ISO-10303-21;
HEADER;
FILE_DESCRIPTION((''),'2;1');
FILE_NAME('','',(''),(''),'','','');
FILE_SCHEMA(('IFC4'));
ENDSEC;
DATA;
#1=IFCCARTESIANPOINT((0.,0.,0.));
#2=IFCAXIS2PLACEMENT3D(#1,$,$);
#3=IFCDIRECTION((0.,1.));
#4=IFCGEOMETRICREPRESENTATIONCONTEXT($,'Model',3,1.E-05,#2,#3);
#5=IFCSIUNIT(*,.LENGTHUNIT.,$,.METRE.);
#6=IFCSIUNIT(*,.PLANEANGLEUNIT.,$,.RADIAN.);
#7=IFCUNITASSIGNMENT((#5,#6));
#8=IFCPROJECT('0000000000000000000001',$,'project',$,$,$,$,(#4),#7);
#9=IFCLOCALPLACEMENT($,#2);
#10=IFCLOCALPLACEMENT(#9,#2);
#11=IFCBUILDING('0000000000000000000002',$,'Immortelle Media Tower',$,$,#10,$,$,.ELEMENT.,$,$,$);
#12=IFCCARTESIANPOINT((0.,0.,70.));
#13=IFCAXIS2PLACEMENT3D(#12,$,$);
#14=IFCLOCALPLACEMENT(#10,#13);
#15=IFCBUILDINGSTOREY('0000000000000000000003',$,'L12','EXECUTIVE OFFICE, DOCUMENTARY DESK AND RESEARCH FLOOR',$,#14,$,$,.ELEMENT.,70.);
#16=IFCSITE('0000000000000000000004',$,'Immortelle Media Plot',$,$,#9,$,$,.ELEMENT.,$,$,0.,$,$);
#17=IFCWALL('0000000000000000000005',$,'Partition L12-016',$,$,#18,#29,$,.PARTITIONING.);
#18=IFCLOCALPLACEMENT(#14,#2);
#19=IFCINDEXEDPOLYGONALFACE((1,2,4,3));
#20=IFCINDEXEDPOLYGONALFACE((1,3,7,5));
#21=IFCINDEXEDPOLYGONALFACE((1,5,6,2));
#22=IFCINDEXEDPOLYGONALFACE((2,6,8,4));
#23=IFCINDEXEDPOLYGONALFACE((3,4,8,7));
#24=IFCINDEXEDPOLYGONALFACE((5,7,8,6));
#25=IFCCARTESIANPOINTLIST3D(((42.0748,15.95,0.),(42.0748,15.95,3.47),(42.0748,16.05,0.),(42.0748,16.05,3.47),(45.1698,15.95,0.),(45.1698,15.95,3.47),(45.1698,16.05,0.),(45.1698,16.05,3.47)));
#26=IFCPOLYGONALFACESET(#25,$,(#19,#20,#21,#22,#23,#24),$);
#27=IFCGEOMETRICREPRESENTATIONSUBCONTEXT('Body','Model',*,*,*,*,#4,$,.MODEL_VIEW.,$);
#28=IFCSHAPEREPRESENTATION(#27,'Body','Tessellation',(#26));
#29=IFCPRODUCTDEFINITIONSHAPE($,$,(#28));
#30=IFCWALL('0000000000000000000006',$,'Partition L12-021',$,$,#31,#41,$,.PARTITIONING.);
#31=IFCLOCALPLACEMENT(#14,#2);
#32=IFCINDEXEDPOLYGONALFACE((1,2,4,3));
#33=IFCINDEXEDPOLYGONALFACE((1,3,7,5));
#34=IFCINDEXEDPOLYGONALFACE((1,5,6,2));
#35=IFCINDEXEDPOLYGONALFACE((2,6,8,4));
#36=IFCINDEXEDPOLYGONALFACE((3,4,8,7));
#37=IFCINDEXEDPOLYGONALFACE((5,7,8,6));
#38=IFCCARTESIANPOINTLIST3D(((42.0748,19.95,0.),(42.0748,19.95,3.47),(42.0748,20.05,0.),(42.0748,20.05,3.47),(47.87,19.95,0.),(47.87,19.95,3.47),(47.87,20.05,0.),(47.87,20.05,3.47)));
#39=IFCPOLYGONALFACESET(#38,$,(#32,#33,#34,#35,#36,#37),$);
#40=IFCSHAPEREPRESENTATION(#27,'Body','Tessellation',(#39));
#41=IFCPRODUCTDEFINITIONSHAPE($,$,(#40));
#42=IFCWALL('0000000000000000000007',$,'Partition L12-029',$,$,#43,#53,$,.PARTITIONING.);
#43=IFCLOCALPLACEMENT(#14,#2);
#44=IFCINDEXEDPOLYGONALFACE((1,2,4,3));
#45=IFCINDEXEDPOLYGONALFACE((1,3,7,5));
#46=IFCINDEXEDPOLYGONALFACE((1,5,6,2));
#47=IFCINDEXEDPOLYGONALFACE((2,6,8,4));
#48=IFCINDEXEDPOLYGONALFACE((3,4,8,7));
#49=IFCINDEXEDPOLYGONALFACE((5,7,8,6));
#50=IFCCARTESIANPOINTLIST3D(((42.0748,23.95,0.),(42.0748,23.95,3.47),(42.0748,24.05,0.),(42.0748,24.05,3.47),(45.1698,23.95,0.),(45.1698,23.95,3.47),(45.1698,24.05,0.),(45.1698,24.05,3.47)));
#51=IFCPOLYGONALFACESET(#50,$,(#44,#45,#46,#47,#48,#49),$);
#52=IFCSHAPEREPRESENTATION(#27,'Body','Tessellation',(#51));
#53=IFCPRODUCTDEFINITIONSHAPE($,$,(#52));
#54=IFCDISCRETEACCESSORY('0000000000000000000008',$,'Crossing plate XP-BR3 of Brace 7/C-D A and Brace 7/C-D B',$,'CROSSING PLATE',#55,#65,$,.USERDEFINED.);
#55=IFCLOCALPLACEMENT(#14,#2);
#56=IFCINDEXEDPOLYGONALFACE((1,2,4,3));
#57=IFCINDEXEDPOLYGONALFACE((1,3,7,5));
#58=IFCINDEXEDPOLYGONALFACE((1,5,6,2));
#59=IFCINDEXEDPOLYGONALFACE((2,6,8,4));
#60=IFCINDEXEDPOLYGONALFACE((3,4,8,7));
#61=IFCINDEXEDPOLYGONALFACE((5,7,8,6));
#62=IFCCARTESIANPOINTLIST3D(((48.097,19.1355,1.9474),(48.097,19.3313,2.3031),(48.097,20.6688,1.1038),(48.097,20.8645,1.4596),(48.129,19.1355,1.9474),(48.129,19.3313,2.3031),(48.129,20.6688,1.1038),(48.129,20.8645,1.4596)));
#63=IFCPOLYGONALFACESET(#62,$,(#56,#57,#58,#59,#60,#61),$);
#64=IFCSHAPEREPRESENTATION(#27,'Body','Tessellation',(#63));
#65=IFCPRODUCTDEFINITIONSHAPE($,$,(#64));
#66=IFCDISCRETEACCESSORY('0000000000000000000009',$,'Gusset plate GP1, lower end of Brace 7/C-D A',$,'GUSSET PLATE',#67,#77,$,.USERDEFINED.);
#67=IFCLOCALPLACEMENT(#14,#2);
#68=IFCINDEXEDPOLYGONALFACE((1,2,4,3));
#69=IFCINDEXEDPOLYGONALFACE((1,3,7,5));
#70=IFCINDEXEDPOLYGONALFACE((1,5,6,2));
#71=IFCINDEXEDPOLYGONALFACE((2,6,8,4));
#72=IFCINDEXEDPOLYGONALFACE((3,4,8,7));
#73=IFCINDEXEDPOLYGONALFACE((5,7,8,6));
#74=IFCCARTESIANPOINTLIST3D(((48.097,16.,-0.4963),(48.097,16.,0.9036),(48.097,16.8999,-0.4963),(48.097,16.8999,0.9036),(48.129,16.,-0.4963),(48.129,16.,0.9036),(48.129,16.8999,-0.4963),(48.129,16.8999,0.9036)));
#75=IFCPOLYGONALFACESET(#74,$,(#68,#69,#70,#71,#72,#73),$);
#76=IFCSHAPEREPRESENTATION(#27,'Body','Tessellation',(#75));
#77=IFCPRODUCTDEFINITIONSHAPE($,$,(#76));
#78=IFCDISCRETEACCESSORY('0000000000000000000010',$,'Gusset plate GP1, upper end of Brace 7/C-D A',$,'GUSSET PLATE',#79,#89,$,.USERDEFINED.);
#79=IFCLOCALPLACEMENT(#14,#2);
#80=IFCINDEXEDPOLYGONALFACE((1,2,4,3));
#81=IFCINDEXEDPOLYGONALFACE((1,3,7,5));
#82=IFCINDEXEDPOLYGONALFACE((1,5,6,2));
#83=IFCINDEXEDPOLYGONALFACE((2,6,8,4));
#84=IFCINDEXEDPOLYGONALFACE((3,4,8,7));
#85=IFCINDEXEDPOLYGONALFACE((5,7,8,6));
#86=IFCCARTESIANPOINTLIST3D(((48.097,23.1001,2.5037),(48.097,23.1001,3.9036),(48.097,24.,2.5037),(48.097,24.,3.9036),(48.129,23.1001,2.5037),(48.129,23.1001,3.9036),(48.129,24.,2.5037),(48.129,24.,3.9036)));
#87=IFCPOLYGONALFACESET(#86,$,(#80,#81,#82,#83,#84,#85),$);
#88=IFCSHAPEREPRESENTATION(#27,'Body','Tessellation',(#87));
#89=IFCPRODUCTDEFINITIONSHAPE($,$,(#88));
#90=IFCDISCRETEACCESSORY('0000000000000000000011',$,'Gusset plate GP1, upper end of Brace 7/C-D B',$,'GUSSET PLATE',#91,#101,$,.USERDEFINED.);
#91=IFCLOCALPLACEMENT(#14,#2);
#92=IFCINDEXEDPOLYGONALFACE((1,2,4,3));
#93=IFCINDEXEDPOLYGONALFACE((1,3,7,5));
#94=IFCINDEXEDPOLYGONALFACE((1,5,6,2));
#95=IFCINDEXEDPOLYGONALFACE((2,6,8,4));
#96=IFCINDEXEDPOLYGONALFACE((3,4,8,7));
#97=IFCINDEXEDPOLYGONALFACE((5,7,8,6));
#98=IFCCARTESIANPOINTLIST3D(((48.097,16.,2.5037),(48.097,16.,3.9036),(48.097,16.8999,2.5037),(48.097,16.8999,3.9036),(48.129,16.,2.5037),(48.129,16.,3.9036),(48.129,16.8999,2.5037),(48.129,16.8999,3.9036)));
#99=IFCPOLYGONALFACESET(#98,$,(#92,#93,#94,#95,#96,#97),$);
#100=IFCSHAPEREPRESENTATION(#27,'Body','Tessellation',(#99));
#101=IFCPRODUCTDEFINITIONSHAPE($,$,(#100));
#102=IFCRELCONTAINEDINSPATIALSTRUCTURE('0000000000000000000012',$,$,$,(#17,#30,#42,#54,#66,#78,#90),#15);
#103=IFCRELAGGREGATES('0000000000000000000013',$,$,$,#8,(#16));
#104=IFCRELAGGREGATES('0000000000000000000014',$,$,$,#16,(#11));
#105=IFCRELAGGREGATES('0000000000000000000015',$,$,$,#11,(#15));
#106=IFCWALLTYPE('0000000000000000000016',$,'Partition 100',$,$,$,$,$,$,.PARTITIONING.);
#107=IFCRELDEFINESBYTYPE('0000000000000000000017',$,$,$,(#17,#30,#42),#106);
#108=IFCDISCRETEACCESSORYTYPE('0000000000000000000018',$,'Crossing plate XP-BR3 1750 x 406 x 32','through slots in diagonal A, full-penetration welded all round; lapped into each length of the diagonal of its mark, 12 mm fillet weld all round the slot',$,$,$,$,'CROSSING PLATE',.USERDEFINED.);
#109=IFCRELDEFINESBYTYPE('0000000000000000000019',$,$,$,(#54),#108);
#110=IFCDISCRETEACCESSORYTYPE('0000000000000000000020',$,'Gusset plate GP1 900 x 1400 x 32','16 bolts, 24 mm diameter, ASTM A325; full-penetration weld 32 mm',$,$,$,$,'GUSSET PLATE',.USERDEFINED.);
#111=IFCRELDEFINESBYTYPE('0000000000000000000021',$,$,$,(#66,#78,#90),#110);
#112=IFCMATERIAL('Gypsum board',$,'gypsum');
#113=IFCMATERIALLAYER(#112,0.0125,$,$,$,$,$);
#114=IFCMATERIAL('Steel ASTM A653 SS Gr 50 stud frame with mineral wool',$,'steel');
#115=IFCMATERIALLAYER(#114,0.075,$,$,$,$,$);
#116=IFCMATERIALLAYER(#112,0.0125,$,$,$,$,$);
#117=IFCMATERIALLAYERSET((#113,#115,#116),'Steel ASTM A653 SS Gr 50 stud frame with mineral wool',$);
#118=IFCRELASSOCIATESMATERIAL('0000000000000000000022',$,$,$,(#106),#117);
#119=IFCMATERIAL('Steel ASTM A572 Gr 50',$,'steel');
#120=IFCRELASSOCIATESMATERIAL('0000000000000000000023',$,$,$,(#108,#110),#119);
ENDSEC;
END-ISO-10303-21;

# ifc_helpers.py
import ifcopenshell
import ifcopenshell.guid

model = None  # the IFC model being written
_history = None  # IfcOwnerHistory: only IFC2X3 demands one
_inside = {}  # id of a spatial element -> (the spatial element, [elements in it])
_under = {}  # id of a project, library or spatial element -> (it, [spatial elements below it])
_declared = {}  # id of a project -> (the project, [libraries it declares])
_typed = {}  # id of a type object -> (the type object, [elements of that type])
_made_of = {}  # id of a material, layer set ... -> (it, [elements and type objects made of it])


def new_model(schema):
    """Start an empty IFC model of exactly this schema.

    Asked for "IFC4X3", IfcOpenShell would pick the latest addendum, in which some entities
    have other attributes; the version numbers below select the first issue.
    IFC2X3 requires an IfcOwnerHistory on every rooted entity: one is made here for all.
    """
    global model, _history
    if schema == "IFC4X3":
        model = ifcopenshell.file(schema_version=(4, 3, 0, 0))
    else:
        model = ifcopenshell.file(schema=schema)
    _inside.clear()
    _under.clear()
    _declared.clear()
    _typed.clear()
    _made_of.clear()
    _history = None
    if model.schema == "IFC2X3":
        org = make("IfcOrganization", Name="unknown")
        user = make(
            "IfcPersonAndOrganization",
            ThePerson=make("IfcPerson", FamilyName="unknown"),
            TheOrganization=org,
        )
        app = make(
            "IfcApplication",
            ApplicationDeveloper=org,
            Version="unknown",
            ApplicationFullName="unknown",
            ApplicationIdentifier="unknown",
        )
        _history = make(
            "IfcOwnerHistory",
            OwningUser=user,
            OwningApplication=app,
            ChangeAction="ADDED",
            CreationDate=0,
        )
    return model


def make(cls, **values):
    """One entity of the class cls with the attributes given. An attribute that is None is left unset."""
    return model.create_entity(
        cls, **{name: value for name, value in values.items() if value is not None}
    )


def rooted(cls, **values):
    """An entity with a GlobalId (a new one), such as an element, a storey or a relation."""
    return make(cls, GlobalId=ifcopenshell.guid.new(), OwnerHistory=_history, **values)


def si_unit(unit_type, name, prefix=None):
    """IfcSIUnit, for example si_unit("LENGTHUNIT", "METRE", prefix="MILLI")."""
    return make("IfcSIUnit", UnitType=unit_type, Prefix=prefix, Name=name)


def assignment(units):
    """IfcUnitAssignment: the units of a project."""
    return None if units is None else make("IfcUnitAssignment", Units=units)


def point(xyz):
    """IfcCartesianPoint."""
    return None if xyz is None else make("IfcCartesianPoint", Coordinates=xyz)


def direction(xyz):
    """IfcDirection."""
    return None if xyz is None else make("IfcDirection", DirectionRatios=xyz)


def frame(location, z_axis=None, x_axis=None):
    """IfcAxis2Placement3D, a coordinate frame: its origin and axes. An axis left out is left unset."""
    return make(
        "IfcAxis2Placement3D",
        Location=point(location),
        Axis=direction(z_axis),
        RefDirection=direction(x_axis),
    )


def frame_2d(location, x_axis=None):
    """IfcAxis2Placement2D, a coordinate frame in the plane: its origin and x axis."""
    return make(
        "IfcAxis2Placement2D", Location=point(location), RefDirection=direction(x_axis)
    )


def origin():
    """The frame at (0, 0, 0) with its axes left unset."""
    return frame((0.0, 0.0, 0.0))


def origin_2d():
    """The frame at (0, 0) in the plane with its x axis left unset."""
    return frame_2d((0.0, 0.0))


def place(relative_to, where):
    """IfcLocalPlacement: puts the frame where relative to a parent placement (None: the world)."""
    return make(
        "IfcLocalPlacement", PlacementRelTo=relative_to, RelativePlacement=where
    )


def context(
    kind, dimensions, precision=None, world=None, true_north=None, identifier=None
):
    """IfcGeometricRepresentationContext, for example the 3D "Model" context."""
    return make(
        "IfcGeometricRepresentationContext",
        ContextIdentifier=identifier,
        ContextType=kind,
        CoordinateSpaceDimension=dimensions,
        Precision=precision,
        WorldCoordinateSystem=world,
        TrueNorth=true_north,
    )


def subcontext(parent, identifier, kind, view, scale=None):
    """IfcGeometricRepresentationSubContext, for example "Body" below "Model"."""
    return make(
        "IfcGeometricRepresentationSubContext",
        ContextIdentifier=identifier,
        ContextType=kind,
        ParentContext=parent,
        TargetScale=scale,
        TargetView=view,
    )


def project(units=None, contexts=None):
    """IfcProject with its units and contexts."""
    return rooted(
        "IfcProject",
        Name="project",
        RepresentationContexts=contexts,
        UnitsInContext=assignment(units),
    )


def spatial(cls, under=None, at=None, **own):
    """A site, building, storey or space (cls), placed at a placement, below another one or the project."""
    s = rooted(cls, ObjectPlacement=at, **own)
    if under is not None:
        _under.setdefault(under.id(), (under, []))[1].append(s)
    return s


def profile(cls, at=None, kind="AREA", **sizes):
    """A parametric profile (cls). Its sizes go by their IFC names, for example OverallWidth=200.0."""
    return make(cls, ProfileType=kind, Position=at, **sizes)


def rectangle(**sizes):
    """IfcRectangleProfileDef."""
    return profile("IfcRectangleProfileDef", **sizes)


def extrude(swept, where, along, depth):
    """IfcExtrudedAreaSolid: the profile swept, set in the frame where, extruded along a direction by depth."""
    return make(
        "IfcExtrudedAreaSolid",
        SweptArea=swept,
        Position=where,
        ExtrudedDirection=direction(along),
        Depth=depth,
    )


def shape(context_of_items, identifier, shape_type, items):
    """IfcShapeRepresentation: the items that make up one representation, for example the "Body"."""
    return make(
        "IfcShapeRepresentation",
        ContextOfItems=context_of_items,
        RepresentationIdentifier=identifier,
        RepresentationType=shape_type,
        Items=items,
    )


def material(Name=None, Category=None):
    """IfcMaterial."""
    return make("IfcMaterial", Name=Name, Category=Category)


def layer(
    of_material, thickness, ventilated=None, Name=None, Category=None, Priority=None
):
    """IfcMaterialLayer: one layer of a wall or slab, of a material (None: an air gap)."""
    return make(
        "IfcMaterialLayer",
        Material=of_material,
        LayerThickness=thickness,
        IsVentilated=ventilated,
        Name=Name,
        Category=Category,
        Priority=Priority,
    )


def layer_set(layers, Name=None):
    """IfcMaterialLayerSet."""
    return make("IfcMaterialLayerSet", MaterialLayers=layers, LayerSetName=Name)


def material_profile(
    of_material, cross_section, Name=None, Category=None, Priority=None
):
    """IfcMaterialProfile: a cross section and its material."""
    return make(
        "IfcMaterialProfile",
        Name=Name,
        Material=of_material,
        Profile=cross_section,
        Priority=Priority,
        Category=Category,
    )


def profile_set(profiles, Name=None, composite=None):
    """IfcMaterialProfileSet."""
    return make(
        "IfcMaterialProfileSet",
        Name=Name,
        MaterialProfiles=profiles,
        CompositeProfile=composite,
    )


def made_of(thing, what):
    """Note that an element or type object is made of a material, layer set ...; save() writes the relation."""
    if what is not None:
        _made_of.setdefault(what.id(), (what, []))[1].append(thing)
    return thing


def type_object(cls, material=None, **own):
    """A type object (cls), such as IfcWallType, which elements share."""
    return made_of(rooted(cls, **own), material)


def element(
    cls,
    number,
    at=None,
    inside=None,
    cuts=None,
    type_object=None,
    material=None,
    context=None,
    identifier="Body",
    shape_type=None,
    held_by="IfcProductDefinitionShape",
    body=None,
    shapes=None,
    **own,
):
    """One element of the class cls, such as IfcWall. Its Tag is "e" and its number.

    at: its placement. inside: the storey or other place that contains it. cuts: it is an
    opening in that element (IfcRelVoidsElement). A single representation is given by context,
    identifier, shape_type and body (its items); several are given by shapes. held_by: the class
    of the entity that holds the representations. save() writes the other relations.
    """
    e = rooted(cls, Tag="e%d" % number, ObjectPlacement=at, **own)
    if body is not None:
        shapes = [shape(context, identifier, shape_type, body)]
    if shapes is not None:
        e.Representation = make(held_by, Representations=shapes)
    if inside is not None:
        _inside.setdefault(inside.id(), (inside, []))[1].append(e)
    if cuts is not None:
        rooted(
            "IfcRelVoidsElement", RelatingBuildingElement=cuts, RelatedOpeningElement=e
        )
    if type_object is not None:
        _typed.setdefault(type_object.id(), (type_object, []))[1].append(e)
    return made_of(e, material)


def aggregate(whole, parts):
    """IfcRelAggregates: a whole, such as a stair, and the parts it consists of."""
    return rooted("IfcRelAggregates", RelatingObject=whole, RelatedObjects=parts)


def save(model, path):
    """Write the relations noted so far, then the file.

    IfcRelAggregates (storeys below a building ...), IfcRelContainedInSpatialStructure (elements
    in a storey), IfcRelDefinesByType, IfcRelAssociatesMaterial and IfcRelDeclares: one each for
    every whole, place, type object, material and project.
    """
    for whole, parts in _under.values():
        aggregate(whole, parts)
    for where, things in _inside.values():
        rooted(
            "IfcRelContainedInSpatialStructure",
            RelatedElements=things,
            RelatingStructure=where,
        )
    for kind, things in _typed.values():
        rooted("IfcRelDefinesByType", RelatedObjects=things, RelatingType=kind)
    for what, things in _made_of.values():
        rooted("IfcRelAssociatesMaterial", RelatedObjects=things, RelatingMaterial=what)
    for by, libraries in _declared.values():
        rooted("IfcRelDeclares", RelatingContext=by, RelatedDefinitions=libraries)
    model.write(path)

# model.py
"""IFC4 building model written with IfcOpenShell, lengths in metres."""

from ifc_helpers import new_model, si_unit, direction, frame, frame_2d, origin, origin_2d, place, context, subcontext, project, spatial, rectangle, extrude, material, layer, layer_set, material_profile, profile_set, type_object, element, save


model = new_model("IFC4")

# Units and contexts
model_context = context("Model", 3, precision=1e-05, world=origin(), true_north=direction((0.0, 1.0)))
body_context = subcontext(model_context, "Body", "Model", "MODEL_VIEW")
ifc_project = project(units=[si_unit("LENGTHUNIT", "METRE"), si_unit("PLANEANGLEUNIT", "RADIAN")], contexts=[model_context])

# Site, building, storey
site_placement = place(None, origin())
site = spatial("IfcSite", under=ifc_project, at=site_placement, Name="Immortelle Media Plot", CompositionType="ELEMENT", RefElevation=0.0)
building_placement = place(site_placement, origin())
building = spatial("IfcBuilding", under=site, at=building_placement, Name="Immortelle Media Tower", CompositionType="ELEMENT")
storey_placement = place(building_placement, frame((0.0, 0.0, 70.0)))
storey = spatial("IfcBuildingStorey", under=building, at=storey_placement, Name="L12", Description="EXECUTIVE OFFICE, DOCUMENTARY DESK AND RESEARCH FLOOR", CompositionType="ELEMENT", Elevation=70.0)

# Shared definitions
ifc_material_1 = material(Name="Steel ASTM A653 SS Gr 50 stud frame with mineral wool", Category="steel")

# Walls
ifc_material_2 = material(Name="Gypsum board", Category="gypsum")
ifc_layer_1 = layer(ifc_material_2, 0.0125)
ifc_layer_2 = layer(ifc_material_1, 0.075)
ifc_layer_3 = layer(ifc_material_2, 0.0125)
ifc_layer_set_1 = layer_set([ifc_layer_1, ifc_layer_2, ifc_layer_3], Name="Steel ASTM A653 SS Gr 50 stud frame with mineral wool")
wall_type_1 = type_object("IfcWallType", Name="Partition 100", PredefinedType="PARTITIONING", material=ifc_layer_set_1)
wall_1_placement = place(storey_placement, frame((42.075, 16.0, 0.0), z_axis=(0.0, 0.0, 1.0), x_axis=(1.0, 0.0, 0.0)))
element("IfcWall", 1, at=wall_1_placement, inside=storey, type_object=wall_type_1, Name="Partition L12-016", PredefinedType="PARTITIONING", context=body_context, shape_type="SweptSolid", body=[
    extrude(rectangle(XDim=3.095, YDim=0.1001, at=frame_2d((1.5474, 0.0))), origin(), (0.0, 0.0, 1.0), 3.47),
])
wall_2_placement = place(storey_placement, frame((42.075, 20.0, 0.0), z_axis=(0.0, 0.0, 1.0), x_axis=(1.0, 0.0, 0.0)))
element("IfcWall", 2, at=wall_2_placement, inside=storey, type_object=wall_type_1, Name="Partition L12-021", PredefinedType="PARTITIONING", context=body_context, shape_type="SweptSolid", body=[
    extrude(rectangle(XDim=5.7952, YDim=0.1001, at=frame_2d((2.8975, 0.0))), origin(), (0.0, 0.0, 1.0), 3.47),
])
wall_3_placement = place(storey_placement, frame((42.075, 24.0, 0.0), z_axis=(0.0, 0.0, 1.0), x_axis=(1.0, 0.0, 0.0)))
element("IfcWall", 3, at=wall_3_placement, inside=storey, type_object=wall_type_1, Name="Partition L12-029", PredefinedType="PARTITIONING", context=body_context, shape_type="SweptSolid", body=[
    extrude(rectangle(XDim=3.095, YDim=0.1001, at=frame_2d((1.5474, 0.0))), origin(), (0.0, 0.0, 1.0), 3.47),
])

# Discrete accessories
ifc_material_3 = material(Name="Steel ASTM A572 Gr 50", Category="steel")
ifc_material_profile_1 = material_profile(ifc_material_3, rectangle(XDim=0.032, YDim=0.406, at=origin_2d()), Name="PL 32 x 406")
ifc_profile_set_1 = profile_set([ifc_material_profile_1], Name="Steel ASTM A572 Gr 50")
discrete_accessory_type_1 = type_object("IfcDiscreteAccessoryType", Name="Crossing plate XP-BR3 1750 x 406 x 32", Description="through slots in diagonal A, full-penetration welded all round; lapped into each length of the diagonal of its mark, 12 mm fillet weld all round the slot", ElementType="CROSSING PLATE", PredefinedType="USERDEFINED", material=ifc_profile_set_1)
discrete_accessory_placement = place(storey_placement, frame((48.113, 19.2334, 2.1252), z_axis=(0.0, 0.876157, -0.482026), x_axis=(-1.0, 0.0, 0.0)))
element("IfcDiscreteAccessory", 4, at=discrete_accessory_placement, inside=storey, type_object=discrete_accessory_type_1, Name="Crossing plate XP-BR3 of Brace 7/C-D A and Brace 7/C-D B", ObjectType="CROSSING PLATE", PredefinedType="USERDEFINED", context=body_context, shape_type="SweptSolid", body=[
    extrude(rectangle(XDim=0.032, YDim=0.406, at=origin_2d()), origin(), (0.0, 0.0, 1.0), 1.75),
])
ifc_material_profile_2 = material_profile(ifc_material_3, rectangle(XDim=0.032, YDim=1.3999, at=origin_2d()), Name="PL 32 x 1400")
ifc_profile_set_2 = profile_set([ifc_material_profile_2], Name="Steel ASTM A572 Gr 50")
discrete_accessory_type_2 = type_object("IfcDiscreteAccessoryType", Name="Gusset plate GP1 900 x 1400 x 32", Description="16 bolts, 24 mm diameter, ASTM A325; full-penetration weld 32 mm", ElementType="GUSSET PLATE", PredefinedType="USERDEFINED", material=ifc_profile_set_2)
for number, where, z_axis, x_axis, name in (
    (5, (48.113, 16.0, 0.2036), (0.0, 1.0, 0.0), (-1.0, 0.0, 0.0), "Gusset plate GP1, lower end of Brace 7/C-D A"),
    (6, (48.113, 24.0, 3.2036), (0.0, -1.0, 0.0), (1.0, 0.0, 0.0), "Gusset plate GP1, upper end of Brace 7/C-D A"),
    (7, (48.113, 16.0, 3.2036), (0.0, 1.0, 0.0), (-1.0, 0.0, 0.0), "Gusset plate GP1, upper end of Brace 7/C-D B"),
):
    element("IfcDiscreteAccessory", number, at=place(storey_placement, frame(where, z_axis=z_axis, x_axis=x_axis)), inside=storey, type_object=discrete_accessory_type_2, Name=name, ObjectType="GUSSET PLATE", PredefinedType="USERDEFINED", context=body_context, shape_type="SweptSolid", body=[
        extrude(rectangle(XDim=0.032, YDim=1.3999, at=origin_2d()), origin(), (0.0, 0.0, 1.0), 0.8999),
    ])

save(model, "model.ifc")
